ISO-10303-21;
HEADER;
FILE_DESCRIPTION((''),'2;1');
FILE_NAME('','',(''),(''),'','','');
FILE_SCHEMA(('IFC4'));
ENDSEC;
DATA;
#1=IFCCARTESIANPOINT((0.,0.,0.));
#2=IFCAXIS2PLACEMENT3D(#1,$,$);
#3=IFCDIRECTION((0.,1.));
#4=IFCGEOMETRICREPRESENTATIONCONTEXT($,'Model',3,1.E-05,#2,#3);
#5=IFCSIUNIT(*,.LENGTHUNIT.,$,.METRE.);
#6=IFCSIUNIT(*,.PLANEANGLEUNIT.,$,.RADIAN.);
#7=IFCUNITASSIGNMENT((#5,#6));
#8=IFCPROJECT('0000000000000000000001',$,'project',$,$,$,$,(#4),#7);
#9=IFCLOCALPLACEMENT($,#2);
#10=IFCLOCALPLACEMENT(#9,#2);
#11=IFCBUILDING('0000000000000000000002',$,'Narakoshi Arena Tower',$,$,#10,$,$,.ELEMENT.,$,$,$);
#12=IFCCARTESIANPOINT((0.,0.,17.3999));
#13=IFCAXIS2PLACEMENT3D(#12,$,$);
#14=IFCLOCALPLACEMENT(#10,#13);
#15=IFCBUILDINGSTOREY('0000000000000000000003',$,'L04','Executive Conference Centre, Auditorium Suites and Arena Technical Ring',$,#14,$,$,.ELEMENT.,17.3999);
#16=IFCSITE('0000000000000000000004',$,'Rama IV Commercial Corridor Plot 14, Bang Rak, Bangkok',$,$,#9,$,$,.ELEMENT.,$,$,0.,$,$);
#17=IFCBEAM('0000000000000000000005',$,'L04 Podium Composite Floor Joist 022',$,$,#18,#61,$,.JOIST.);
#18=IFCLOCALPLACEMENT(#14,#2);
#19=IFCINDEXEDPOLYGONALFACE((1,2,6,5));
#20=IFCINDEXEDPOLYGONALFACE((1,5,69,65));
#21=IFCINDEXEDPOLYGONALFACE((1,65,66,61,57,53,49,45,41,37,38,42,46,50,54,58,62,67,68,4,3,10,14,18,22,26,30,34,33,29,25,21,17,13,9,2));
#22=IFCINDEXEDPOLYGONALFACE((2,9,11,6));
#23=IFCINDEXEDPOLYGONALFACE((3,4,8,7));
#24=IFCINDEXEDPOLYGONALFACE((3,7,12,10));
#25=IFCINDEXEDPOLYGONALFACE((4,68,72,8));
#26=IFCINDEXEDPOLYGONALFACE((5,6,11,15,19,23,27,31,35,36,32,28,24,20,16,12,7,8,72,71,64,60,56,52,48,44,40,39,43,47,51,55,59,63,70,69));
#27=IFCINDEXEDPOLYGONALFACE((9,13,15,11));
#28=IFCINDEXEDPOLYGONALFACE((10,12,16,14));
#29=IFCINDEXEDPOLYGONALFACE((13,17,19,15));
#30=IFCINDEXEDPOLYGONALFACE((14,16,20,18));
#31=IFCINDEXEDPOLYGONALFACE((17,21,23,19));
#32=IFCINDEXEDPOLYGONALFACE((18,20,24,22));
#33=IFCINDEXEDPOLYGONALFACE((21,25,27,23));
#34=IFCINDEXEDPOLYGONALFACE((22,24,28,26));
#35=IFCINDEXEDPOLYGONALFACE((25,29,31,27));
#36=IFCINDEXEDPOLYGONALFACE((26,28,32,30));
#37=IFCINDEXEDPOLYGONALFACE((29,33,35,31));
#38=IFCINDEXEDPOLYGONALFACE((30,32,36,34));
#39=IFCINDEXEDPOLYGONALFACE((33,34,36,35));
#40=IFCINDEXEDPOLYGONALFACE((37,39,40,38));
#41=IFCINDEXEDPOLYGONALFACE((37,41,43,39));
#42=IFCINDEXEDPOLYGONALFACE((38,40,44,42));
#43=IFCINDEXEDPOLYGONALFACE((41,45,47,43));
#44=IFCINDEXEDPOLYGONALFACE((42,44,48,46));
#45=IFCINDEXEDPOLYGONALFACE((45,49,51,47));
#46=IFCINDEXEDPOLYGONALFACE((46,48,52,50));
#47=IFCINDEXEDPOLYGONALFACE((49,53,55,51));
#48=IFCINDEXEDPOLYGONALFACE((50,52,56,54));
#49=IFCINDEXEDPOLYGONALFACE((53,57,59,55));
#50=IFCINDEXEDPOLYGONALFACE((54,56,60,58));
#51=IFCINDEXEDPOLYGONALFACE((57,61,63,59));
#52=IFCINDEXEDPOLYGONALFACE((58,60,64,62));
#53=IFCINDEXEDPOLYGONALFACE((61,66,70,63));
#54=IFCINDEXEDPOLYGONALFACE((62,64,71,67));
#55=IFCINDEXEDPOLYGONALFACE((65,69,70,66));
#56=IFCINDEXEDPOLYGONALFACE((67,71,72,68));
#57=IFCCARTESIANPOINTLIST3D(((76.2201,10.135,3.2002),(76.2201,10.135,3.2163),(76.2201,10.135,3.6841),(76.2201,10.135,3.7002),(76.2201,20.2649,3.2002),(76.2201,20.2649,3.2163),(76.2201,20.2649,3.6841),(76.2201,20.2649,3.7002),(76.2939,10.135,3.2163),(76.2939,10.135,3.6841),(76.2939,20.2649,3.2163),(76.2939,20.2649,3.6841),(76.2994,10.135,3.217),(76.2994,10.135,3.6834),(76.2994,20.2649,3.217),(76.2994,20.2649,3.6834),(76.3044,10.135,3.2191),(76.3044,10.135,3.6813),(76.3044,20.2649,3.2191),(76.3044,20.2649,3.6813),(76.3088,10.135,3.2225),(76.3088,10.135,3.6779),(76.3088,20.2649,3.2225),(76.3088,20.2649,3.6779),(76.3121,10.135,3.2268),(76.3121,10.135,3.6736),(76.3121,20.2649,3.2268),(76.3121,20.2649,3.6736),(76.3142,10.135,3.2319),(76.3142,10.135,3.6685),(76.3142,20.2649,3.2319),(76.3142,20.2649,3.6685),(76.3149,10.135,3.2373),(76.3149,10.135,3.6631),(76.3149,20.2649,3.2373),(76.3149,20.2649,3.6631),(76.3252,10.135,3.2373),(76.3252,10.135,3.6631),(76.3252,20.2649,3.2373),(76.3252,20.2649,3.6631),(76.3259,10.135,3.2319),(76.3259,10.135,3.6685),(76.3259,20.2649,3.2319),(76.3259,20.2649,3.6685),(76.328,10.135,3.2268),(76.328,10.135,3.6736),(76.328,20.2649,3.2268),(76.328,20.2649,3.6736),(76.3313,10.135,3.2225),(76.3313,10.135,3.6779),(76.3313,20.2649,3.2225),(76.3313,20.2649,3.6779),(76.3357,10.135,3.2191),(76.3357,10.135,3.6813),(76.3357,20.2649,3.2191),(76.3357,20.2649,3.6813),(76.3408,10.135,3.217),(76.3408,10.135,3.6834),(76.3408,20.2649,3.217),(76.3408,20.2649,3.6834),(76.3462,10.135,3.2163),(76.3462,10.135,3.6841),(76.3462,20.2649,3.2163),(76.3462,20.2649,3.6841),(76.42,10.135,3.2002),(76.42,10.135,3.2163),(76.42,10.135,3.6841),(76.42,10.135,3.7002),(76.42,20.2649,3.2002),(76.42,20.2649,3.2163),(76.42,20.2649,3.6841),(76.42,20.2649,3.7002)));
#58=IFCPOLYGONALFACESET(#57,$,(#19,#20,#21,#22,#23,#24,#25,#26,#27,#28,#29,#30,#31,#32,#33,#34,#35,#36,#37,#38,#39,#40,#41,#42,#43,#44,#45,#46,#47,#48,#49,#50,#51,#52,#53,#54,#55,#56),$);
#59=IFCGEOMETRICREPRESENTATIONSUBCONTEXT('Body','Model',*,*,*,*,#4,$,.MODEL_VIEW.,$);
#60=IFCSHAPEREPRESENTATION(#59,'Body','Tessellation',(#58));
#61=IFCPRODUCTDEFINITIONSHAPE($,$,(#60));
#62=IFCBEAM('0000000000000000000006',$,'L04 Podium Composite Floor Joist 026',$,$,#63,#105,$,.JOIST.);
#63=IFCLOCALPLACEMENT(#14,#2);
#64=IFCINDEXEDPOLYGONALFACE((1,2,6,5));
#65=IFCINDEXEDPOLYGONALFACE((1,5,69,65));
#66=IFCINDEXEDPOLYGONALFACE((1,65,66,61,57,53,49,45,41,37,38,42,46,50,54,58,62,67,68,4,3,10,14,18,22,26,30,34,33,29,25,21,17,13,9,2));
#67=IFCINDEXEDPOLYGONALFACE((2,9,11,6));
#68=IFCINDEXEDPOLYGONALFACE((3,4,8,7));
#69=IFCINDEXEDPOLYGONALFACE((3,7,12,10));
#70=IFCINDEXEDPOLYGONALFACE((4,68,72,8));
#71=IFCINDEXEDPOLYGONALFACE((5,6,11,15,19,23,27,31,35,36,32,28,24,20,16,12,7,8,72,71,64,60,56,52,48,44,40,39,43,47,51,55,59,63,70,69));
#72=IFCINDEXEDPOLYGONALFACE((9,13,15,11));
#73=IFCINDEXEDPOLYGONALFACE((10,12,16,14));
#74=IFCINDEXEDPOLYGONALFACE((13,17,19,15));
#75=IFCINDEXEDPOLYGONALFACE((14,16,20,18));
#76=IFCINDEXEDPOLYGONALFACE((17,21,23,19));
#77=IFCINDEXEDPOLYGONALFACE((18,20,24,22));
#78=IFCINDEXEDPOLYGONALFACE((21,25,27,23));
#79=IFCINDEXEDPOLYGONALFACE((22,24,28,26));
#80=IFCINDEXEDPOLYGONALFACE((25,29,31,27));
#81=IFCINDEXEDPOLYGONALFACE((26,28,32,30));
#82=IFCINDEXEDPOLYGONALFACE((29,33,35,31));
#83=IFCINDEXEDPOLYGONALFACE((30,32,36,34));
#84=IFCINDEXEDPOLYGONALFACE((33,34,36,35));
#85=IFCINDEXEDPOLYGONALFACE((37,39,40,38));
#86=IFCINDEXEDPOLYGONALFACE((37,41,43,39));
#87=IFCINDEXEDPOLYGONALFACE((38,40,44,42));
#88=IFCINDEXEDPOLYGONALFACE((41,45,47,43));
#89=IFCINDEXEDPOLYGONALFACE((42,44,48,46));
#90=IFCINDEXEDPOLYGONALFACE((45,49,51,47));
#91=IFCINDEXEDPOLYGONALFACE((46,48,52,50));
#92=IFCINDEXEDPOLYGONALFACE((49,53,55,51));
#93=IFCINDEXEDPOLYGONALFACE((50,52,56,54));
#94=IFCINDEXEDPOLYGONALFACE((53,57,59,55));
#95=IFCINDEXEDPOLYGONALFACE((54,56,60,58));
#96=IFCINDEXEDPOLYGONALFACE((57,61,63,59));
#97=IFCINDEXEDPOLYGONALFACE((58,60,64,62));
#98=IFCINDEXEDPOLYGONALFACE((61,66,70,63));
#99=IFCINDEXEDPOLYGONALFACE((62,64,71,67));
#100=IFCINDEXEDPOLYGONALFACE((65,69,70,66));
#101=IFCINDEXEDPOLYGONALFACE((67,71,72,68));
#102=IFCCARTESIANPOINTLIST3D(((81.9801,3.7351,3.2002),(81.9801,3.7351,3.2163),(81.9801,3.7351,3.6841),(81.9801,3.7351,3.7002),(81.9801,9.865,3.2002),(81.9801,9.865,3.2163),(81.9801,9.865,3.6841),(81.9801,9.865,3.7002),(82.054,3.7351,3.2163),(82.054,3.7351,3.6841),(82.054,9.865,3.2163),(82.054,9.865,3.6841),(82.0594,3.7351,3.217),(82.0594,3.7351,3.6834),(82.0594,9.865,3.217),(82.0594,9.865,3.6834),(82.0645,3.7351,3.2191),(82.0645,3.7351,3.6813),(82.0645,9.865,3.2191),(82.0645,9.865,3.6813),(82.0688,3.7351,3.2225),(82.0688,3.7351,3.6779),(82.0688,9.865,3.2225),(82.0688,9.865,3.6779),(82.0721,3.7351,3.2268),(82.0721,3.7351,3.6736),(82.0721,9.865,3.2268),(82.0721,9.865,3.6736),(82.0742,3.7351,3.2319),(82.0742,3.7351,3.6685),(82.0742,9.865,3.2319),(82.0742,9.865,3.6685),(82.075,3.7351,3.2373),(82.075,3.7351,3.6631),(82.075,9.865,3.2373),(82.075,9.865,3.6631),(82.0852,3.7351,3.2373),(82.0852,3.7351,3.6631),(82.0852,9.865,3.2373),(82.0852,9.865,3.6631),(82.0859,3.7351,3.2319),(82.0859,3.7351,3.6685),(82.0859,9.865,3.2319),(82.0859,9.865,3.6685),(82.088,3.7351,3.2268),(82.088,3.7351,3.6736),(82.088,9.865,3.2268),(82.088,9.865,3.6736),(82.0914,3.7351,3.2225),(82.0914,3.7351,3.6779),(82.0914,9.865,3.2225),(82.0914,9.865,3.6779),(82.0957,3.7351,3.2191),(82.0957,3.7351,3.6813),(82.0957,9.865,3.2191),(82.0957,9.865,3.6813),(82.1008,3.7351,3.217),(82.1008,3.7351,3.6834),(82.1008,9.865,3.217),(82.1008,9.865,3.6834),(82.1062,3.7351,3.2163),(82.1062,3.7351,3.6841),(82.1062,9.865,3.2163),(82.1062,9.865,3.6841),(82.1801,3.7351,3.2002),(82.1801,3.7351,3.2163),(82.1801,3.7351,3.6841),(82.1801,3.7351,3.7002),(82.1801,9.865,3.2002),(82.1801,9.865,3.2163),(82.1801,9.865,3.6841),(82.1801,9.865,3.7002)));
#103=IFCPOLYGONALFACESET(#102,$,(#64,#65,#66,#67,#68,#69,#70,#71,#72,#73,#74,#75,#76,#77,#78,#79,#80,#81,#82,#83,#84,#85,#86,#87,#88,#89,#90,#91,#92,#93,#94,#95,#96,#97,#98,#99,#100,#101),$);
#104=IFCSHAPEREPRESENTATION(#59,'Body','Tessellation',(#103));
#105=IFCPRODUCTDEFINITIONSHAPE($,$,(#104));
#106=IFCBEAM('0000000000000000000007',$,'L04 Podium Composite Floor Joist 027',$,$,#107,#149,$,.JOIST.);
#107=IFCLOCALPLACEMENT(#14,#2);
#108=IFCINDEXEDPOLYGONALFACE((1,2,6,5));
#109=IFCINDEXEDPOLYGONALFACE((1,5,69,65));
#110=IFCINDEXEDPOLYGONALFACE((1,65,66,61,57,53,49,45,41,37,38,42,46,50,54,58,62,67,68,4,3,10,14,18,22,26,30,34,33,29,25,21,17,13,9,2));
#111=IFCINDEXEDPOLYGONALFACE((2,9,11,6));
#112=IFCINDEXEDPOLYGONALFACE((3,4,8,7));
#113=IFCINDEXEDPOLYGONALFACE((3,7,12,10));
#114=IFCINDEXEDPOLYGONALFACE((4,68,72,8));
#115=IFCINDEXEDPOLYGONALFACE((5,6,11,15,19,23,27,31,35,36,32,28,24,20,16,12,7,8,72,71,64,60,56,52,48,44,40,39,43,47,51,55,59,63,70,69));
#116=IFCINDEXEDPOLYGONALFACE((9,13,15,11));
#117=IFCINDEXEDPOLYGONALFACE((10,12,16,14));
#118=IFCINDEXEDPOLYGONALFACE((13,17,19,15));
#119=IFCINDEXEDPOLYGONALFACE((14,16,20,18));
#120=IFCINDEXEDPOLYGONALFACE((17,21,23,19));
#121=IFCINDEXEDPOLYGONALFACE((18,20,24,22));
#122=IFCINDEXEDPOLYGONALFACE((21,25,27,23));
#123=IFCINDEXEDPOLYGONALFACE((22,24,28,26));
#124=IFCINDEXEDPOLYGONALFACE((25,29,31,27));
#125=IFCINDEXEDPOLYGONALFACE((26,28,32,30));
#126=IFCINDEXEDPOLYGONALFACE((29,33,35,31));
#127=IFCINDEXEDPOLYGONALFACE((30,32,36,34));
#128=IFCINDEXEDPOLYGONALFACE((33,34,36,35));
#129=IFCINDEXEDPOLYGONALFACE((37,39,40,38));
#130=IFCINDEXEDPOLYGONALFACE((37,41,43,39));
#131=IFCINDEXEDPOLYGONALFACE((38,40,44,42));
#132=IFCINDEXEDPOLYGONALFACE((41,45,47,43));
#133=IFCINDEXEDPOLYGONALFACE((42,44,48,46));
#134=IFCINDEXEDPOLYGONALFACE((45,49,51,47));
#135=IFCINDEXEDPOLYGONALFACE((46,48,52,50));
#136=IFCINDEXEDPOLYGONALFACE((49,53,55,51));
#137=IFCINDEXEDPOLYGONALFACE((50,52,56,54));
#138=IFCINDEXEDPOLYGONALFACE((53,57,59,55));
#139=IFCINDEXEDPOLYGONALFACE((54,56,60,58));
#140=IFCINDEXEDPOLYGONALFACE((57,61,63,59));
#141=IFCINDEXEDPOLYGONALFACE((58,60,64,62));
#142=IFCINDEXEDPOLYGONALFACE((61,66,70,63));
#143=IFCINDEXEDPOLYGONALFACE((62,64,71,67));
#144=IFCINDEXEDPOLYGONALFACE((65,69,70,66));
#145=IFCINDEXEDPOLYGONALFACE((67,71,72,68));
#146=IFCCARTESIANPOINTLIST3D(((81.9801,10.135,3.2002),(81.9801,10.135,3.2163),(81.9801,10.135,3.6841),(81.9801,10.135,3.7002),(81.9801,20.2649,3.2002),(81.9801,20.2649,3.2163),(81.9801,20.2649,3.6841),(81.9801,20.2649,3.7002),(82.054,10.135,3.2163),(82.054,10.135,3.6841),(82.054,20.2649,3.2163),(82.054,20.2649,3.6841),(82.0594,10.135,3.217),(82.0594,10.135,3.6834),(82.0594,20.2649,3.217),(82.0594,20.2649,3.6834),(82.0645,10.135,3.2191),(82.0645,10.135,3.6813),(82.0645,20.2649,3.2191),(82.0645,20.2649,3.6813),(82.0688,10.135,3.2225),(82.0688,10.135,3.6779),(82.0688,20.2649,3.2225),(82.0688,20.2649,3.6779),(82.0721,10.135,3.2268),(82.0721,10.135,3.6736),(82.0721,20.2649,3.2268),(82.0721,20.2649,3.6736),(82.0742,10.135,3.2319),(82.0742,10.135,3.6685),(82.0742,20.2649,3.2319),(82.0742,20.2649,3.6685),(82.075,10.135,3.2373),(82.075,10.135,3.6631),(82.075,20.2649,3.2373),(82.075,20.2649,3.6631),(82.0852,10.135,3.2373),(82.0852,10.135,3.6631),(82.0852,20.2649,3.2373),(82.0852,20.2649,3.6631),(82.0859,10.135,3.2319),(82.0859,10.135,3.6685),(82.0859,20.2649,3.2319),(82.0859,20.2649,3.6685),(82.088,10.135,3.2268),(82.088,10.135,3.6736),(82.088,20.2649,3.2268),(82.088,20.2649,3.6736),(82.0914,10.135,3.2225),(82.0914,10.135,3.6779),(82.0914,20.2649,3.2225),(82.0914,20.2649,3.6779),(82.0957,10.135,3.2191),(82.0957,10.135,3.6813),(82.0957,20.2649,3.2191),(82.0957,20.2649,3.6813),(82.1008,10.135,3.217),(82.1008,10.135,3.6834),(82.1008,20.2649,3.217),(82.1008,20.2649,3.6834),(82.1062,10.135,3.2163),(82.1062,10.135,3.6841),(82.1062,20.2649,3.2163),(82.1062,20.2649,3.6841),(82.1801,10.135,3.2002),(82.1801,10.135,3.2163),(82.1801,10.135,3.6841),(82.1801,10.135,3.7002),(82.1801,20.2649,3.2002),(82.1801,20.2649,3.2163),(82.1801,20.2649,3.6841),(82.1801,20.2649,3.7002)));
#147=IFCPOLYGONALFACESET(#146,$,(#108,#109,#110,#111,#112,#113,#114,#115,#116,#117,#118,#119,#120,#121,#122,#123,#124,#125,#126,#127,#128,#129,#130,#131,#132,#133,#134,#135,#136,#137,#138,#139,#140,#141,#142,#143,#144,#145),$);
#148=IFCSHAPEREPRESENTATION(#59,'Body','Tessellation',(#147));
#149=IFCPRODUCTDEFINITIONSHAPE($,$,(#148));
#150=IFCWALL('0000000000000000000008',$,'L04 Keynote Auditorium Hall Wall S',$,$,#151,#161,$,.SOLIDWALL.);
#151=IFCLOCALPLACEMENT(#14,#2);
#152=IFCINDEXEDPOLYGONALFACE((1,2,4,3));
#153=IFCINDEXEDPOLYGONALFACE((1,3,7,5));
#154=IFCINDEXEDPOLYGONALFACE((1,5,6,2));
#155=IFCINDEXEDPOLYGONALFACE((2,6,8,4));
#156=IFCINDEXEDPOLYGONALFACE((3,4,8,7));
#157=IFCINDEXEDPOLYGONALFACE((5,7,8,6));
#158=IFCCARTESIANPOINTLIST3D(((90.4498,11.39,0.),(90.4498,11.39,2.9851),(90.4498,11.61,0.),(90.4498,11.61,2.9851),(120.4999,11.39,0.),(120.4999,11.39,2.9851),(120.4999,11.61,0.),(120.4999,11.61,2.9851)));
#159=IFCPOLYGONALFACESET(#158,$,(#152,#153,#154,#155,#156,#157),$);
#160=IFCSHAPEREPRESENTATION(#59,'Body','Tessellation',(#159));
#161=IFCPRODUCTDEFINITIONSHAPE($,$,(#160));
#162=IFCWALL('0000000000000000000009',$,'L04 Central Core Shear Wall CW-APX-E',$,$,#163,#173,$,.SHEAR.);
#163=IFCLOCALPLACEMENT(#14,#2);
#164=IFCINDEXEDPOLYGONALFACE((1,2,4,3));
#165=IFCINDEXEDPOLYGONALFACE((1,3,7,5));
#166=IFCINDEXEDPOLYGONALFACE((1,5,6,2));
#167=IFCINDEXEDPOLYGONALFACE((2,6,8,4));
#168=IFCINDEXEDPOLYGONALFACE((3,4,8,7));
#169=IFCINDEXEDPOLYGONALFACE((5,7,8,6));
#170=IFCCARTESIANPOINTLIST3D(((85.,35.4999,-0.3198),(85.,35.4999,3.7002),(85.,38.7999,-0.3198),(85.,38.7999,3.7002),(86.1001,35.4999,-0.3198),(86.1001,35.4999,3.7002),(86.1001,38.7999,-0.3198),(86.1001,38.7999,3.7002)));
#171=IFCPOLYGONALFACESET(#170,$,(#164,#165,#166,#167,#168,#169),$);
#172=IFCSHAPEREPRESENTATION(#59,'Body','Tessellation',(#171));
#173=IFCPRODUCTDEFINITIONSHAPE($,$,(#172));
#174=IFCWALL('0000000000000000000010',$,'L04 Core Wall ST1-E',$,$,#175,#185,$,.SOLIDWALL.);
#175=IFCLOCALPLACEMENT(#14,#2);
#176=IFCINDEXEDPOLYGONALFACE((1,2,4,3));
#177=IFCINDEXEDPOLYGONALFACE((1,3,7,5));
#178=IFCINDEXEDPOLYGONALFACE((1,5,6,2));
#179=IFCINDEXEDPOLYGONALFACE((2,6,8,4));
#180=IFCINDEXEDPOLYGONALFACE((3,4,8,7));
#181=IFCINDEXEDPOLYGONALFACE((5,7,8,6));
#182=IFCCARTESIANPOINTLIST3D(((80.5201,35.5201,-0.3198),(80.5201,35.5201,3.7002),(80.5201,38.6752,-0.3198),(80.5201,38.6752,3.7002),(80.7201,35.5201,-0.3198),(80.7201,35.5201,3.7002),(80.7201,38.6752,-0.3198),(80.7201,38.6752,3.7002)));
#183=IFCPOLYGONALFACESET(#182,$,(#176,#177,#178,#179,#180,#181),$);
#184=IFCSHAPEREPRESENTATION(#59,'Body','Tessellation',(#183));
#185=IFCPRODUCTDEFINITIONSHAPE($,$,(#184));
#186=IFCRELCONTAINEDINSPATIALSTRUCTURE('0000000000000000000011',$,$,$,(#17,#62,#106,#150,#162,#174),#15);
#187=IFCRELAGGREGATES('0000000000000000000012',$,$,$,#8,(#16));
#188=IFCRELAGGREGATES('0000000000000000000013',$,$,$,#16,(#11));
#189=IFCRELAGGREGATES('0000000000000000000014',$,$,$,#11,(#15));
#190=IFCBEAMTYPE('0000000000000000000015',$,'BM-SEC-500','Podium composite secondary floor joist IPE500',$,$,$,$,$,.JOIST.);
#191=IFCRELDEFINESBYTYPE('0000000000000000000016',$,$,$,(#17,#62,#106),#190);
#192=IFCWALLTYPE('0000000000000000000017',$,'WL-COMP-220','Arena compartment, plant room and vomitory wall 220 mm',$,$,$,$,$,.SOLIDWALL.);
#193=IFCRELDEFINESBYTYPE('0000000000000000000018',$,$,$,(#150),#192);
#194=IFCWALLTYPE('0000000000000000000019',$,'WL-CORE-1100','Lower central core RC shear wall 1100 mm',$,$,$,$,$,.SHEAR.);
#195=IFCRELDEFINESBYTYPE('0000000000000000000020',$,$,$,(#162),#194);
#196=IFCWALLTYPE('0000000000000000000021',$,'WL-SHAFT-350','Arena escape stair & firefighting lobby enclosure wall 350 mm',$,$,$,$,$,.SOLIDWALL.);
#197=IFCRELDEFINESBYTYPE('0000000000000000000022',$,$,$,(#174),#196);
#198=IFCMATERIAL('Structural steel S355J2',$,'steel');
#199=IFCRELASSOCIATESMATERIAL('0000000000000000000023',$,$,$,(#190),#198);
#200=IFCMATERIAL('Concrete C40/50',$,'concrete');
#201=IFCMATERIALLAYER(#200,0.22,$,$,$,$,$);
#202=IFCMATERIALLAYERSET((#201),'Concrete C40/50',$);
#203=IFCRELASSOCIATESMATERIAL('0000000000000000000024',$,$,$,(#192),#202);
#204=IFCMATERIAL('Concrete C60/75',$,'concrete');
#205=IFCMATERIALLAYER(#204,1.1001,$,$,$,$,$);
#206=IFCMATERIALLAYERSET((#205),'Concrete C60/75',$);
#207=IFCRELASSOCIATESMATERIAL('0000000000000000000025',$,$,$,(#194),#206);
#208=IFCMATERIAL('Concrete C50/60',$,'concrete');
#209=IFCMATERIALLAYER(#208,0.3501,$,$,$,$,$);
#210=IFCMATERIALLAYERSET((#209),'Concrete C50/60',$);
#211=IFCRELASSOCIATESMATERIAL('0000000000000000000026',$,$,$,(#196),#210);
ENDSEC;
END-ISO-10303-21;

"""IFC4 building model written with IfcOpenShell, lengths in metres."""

from ifc_helpers import new_model, si_unit, direction, frame, frame_2d, origin, origin_2d, place, context, subcontext, project, spatial, rectangle, i_section, extrude, material, layer, layer_set, material_profile, profile_set, type_object, element, save


model = new_model("IFC4")

# Units and contexts
model_context = context("Model", 3, precision=1e-05, world=origin(), true_north=direction((0.0, 1.0)))
body_context = subcontext(model_context, "Body", "Model", "MODEL_VIEW")
ifc_project = project(units=[si_unit("LENGTHUNIT", "METRE"), si_unit("PLANEANGLEUNIT", "RADIAN")], contexts=[model_context])

# Site, building, storey
site_placement = place(None, origin())
site = spatial("IfcSite", under=ifc_project, at=site_placement, Name="Rama IV Commercial Corridor Plot 14, Bang Rak, Bangkok", CompositionType="ELEMENT", RefElevation=0.0)
building_placement = place(site_placement, origin())
building = spatial("IfcBuilding", under=site, at=building_placement, Name="Narakoshi Arena Tower", CompositionType="ELEMENT")
storey_placement = place(building_placement, frame((0.0, 0.0, 17.3999)))
storey = spatial("IfcBuildingStorey", under=building, at=storey_placement, Name="L04", Description="Executive Conference Centre, Auditorium Suites and Arena Technical Ring", CompositionType="ELEMENT", Elevation=17.3999)

# Shared definitions
ifc_material_1 = material(Name="Concrete C60/75", Category="concrete")

# Beams
ifc_material_2 = material(Name="Structural steel S355J2", Category="steel")
ifc_material_profile_1 = material_profile(ifc_material_2, i_section(OverallWidth=0.2, OverallDepth=0.5, WebThickness=0.0103, FlangeThickness=0.0161, FilletRadius=0.021, at=origin_2d()), Name="IPE500")
ifc_profile_set_1 = profile_set([ifc_material_profile_1], Name="Structural steel S355J2")
beam_type_1 = type_object("IfcBeamType", Name="BM-SEC-500", Description="Podium composite secondary floor joist IPE500", PredefinedType="JOIST", material=ifc_profile_set_1)
beam_1_placement = place(storey_placement, frame((76.3201, 10.135, 3.4502), z_axis=(0.0, 1.0, 0.0), x_axis=(-1.0, 0.0, 0.0)))
element("IfcBeam", 1, at=beam_1_placement, inside=storey, type_object=beam_type_1, Name="L04 Podium Composite Floor Joist 022", PredefinedType="JOIST", context=body_context, shape_type="SweptSolid", body=[
    extrude(i_section(OverallWidth=0.2, OverallDepth=0.5, WebThickness=0.0103, FlangeThickness=0.0161, FilletRadius=0.021, at=origin_2d()), origin(), (0.0, 0.0, 1.0), 10.1299),
])
beam_2_placement = place(storey_placement, frame((82.0801, 3.7351, 3.4502), z_axis=(0.0, 1.0, 0.0), x_axis=(-1.0, 0.0, 0.0)))
element("IfcBeam", 2, at=beam_2_placement, inside=storey, type_object=beam_type_1, Name="L04 Podium Composite Floor Joist 026", PredefinedType="JOIST", context=body_context, shape_type="SweptSolid", body=[
    extrude(i_section(OverallWidth=0.2, OverallDepth=0.5, WebThickness=0.0103, FlangeThickness=0.0161, FilletRadius=0.021, at=origin_2d()), origin(), (0.0, 0.0, 1.0), 6.1299),
])
beam_3_placement = place(storey_placement, frame((82.0801, 10.135, 3.4502), z_axis=(0.0, 1.0, 0.0), x_axis=(-1.0, 0.0, 0.0)))
element("IfcBeam", 3, at=beam_3_placement, inside=storey, type_object=beam_type_1, Name="L04 Podium Composite Floor Joist 027", PredefinedType="JOIST", context=body_context, shape_type="SweptSolid", body=[
    extrude(i_section(OverallWidth=0.2, OverallDepth=0.5, WebThickness=0.0103, FlangeThickness=0.0161, FilletRadius=0.021, at=origin_2d()), origin(), (0.0, 0.0, 1.0), 10.1299),
])

# Walls
ifc_material_3 = material(Name="Concrete C40/50", Category="concrete")
ifc_layer_1 = layer(ifc_material_3, 0.22)
ifc_layer_set_1 = layer_set([ifc_layer_1], Name="Concrete C40/50")
wall_type_1 = type_object("IfcWallType", Name="WL-COMP-220", Description="Arena compartment, plant room and vomitory wall 220 mm", PredefinedType="SOLIDWALL", material=ifc_layer_set_1)
wall_1_placement = place(storey_placement, frame((90.45, 11.5, 0.0), z_axis=(0.0, 0.0, 1.0), x_axis=(1.0, 0.0, 0.0)))
element("IfcWall", 4, at=wall_1_placement, inside=storey, type_object=wall_type_1, Name="L04 Keynote Auditorium Hall Wall S", PredefinedType="SOLIDWALL", context=body_context, shape_type="SweptSolid", body=[
    extrude(rectangle(XDim=30.05, YDim=0.22, at=frame_2d((15.0249, 0.0))), origin(), (0.0, 0.0, 1.0), 2.9851),
])
ifc_layer_2 = layer(ifc_material_1, 1.1001)
ifc_layer_set_2 = layer_set([ifc_layer_2], Name="Concrete C60/75")
wall_type_2 = type_object("IfcWallType", Name="WL-CORE-1100", Description="Lower central core RC shear wall 1100 mm", PredefinedType="SHEAR", material=ifc_layer_set_2)
wall_2_placement = place(storey_placement, frame((85.55, 35.5, -0.3198), z_axis=(0.0, 0.0, 1.0), x_axis=(0.0, 1.0, 0.0)))
element("IfcWall", 5, at=wall_2_placement, inside=storey, type_object=wall_type_2, Name="L04 Central Core Shear Wall CW-APX-E", PredefinedType="SHEAR", context=body_context, shape_type="SweptSolid", body=[
    extrude(rectangle(XDim=3.3, YDim=1.1001, at=frame_2d((1.6499, 0.0))), origin(), (0.0, 0.0, 1.0), 4.02),
])
ifc_material_4 = material(Name="Concrete C50/60", Category="concrete")
ifc_layer_3 = layer(ifc_material_4, 0.3501)
ifc_layer_set_3 = layer_set([ifc_layer_3], Name="Concrete C50/60")
wall_type_3 = type_object("IfcWallType", Name="WL-SHAFT-350", Description="Arena escape stair & firefighting lobby enclosure wall 350 mm", PredefinedType="SOLIDWALL", material=ifc_layer_set_3)
wall_3_placement = place(storey_placement, frame((80.6201, 35.52, -0.3198), z_axis=(0.0, 0.0, 1.0), x_axis=(0.0, 1.0, 0.0)))
element("IfcWall", 6, at=wall_3_placement, inside=storey, type_object=wall_type_3, Name="L04 Core Wall ST1-E", PredefinedType="SOLIDWALL", context=body_context, shape_type="SweptSolid", body=[
    extrude(rectangle(XDim=3.155, YDim=0.2, at=frame_2d((1.5776, 0.0))), origin(), (0.0, 0.0, 1.0), 4.02),
])

save(model, "model.ifc")
